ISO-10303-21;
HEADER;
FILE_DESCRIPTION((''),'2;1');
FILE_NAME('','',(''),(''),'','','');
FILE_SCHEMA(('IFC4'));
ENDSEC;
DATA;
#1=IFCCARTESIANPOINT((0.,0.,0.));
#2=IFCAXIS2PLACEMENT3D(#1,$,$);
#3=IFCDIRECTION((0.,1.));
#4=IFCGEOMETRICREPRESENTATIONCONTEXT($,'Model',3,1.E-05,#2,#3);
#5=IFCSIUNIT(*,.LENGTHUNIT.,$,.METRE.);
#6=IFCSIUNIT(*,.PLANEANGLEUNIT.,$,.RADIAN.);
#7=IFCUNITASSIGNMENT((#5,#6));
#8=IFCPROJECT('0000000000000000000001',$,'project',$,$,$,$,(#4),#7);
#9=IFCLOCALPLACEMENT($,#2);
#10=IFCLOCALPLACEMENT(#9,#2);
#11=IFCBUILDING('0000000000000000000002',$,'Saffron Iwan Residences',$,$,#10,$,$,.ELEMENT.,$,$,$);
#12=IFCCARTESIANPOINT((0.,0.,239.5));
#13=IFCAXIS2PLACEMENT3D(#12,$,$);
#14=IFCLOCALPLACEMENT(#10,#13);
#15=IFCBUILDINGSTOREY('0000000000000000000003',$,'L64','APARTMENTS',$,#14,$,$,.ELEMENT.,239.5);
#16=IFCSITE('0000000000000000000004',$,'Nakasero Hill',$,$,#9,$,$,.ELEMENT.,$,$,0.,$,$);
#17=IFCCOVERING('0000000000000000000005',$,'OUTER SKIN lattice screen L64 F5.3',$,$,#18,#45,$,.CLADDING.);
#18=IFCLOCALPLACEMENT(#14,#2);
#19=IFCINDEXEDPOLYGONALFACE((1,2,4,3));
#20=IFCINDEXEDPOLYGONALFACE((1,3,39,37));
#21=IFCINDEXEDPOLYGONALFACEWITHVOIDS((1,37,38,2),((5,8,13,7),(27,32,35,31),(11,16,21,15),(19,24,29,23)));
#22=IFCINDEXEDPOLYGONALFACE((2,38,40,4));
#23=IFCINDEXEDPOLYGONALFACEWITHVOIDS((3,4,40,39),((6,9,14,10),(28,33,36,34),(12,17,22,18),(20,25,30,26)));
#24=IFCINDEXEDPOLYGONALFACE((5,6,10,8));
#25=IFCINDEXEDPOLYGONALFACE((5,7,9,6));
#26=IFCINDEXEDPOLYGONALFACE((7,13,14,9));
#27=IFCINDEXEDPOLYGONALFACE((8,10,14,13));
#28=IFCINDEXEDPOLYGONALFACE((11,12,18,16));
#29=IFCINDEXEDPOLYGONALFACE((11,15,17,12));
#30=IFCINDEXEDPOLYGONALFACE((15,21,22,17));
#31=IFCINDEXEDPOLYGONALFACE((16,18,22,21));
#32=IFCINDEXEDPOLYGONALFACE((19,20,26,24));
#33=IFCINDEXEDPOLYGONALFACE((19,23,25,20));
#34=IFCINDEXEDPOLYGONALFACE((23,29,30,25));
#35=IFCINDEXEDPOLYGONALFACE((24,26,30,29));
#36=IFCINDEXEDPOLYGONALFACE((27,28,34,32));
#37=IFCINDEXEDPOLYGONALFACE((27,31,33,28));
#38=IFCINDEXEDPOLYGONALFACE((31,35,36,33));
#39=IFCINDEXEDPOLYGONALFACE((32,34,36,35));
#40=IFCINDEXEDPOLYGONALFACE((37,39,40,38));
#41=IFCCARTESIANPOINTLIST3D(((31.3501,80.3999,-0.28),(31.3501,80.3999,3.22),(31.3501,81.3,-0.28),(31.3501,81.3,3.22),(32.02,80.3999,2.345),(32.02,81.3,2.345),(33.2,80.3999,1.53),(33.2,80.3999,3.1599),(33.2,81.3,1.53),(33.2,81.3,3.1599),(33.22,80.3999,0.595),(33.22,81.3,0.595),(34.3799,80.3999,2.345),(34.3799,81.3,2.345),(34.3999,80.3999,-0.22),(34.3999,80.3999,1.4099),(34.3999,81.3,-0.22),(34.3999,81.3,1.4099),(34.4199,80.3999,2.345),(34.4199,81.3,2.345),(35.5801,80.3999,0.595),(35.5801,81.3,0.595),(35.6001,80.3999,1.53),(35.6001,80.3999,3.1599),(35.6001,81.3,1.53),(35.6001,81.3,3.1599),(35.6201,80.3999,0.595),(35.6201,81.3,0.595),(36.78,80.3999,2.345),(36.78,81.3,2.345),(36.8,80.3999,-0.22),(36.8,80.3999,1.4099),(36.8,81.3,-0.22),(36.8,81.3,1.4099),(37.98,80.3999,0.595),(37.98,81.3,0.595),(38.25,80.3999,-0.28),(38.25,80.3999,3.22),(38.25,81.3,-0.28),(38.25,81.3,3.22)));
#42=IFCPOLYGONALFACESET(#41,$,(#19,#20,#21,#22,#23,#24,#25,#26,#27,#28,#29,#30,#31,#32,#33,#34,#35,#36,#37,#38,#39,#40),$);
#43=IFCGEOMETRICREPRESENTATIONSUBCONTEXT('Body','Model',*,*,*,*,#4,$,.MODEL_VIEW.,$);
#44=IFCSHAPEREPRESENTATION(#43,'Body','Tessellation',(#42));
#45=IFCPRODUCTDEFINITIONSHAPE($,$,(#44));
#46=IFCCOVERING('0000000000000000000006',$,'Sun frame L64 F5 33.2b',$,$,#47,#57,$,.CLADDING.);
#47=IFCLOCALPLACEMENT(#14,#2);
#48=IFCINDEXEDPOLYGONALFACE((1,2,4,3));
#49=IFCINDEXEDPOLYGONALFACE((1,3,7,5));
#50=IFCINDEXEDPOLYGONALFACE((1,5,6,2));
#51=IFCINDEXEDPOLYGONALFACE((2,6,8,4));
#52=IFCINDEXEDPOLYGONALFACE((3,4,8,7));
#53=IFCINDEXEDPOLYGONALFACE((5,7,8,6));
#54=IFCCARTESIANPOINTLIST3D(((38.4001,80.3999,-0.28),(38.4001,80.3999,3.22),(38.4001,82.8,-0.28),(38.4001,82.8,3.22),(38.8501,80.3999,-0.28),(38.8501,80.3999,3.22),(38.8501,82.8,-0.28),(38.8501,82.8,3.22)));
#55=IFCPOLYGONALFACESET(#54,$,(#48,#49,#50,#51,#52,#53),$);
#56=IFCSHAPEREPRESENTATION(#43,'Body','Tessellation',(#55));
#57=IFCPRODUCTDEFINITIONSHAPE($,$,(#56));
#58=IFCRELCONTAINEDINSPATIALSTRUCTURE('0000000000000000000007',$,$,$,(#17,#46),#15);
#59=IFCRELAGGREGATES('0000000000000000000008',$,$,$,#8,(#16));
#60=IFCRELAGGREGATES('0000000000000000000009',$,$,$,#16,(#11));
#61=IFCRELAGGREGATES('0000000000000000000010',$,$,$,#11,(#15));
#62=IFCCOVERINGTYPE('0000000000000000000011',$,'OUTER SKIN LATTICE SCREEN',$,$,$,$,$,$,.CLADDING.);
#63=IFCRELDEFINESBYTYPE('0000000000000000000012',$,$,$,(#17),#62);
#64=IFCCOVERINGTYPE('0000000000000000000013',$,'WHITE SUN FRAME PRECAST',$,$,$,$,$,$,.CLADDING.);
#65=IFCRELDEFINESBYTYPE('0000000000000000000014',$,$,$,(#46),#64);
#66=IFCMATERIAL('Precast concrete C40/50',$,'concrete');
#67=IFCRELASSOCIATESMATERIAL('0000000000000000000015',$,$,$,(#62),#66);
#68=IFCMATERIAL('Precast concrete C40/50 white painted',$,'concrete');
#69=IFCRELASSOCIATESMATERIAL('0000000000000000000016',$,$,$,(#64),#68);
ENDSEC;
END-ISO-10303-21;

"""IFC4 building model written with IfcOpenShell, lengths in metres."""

from ifc_helpers import new_model, si_unit, direction, frame, origin, place, context, subcontext, project, spatial, polyline, outline, extrude, material, type_object, element, save


model = new_model("IFC4")

# Units and contexts
model_context = context("Model", 3, precision=1e-05, world=origin(), true_north=direction((0.0, 1.0)))
body_context = subcontext(model_context, "Body", "Model", "MODEL_VIEW")
ifc_project = project(units=[si_unit("LENGTHUNIT", "METRE"), si_unit("PLANEANGLEUNIT", "RADIAN")], contexts=[model_context])

# Site, building, storey
site_placement = place(None, origin())
site = spatial("IfcSite", under=ifc_project, at=site_placement, Name="Nakasero Hill", CompositionType="ELEMENT", RefElevation=0.0)
building_placement = place(site_placement, origin())
building = spatial("IfcBuilding", under=site, at=building_placement, Name="Saffron Iwan Residences", CompositionType="ELEMENT")
storey_placement = place(building_placement, frame((0.0, 0.0, 239.5)))
storey = spatial("IfcBuildingStorey", under=building, at=storey_placement, Name="L64", Description="APARTMENTS", CompositionType="ELEMENT", Elevation=239.5)

# Coverings
ifc_material_1 = material(Name="Precast concrete C40/50", Category="concrete")
covering_type_1 = type_object("IfcCoveringType", Name="OUTER SKIN LATTICE SCREEN", PredefinedType="CLADDING", material=ifc_material_1)
covering_1_placement = place(storey_placement, frame((38.25, 80.3999, -0.28), z_axis=(0.0, 1.0, 0.0), x_axis=(-1.0, 0.0, 0.0)))
element("IfcCovering", 1, at=covering_1_placement, inside=storey, type_object=covering_type_1, Name="OUTER SKIN lattice screen L64 F5.3", PredefinedType="CLADDING", context=body_context, shape_type="SweptSolid", body=[
    extrude(outline(polyline([(0.0, 0.0), (6.8999, 0.0), (6.8999, 3.5), (0.0, 3.5), (0.0, 0.0)]), holes=[polyline([(0.27, 0.875), (1.45, 0.0601), (2.6299, 0.875), (1.45, 1.6899), (0.27, 0.875)]), polyline([(2.6699, 0.875), (3.8501, 0.0601), (5.03, 0.875), (3.8501, 1.6899), (2.6699, 0.875)]), polyline([(1.47, 2.625), (2.6499, 1.8101), (3.8301, 2.625), (2.6499, 3.4399), (1.47, 2.625)]), polyline([(3.8701, 2.625), (5.05, 1.8101), (6.23, 2.625), (5.05, 3.4399), (3.8701, 2.625)])]), origin(), (0.0, 0.0, 1.0), 0.9001),
])
ifc_material_2 = material(Name="Precast concrete C40/50 white painted", Category="concrete")
covering_type_2 = type_object("IfcCoveringType", Name="WHITE SUN FRAME PRECAST", PredefinedType="CLADDING", material=ifc_material_2)
covering_2_placement = place(storey_placement, frame((38.8501, 80.3999, -0.28), z_axis=(0.0, 1.0, 0.0), x_axis=(-1.0, 0.0, 0.0)))
element("IfcCovering", 2, at=covering_2_placement, inside=storey, type_object=covering_type_2, Name="Sun frame L64 F5 33.2b", PredefinedType="CLADDING", context=body_context, shape_type="SweptSolid", body=[
    extrude(outline(polyline([(0.0, 0.0), (0.45, 0.0), (0.45, 3.5), (0.0, 3.5), (0.0, 0.0)])), origin(), (0.0, 0.0, 1.0), 2.4001),
])

save(model, "model.ifc")
